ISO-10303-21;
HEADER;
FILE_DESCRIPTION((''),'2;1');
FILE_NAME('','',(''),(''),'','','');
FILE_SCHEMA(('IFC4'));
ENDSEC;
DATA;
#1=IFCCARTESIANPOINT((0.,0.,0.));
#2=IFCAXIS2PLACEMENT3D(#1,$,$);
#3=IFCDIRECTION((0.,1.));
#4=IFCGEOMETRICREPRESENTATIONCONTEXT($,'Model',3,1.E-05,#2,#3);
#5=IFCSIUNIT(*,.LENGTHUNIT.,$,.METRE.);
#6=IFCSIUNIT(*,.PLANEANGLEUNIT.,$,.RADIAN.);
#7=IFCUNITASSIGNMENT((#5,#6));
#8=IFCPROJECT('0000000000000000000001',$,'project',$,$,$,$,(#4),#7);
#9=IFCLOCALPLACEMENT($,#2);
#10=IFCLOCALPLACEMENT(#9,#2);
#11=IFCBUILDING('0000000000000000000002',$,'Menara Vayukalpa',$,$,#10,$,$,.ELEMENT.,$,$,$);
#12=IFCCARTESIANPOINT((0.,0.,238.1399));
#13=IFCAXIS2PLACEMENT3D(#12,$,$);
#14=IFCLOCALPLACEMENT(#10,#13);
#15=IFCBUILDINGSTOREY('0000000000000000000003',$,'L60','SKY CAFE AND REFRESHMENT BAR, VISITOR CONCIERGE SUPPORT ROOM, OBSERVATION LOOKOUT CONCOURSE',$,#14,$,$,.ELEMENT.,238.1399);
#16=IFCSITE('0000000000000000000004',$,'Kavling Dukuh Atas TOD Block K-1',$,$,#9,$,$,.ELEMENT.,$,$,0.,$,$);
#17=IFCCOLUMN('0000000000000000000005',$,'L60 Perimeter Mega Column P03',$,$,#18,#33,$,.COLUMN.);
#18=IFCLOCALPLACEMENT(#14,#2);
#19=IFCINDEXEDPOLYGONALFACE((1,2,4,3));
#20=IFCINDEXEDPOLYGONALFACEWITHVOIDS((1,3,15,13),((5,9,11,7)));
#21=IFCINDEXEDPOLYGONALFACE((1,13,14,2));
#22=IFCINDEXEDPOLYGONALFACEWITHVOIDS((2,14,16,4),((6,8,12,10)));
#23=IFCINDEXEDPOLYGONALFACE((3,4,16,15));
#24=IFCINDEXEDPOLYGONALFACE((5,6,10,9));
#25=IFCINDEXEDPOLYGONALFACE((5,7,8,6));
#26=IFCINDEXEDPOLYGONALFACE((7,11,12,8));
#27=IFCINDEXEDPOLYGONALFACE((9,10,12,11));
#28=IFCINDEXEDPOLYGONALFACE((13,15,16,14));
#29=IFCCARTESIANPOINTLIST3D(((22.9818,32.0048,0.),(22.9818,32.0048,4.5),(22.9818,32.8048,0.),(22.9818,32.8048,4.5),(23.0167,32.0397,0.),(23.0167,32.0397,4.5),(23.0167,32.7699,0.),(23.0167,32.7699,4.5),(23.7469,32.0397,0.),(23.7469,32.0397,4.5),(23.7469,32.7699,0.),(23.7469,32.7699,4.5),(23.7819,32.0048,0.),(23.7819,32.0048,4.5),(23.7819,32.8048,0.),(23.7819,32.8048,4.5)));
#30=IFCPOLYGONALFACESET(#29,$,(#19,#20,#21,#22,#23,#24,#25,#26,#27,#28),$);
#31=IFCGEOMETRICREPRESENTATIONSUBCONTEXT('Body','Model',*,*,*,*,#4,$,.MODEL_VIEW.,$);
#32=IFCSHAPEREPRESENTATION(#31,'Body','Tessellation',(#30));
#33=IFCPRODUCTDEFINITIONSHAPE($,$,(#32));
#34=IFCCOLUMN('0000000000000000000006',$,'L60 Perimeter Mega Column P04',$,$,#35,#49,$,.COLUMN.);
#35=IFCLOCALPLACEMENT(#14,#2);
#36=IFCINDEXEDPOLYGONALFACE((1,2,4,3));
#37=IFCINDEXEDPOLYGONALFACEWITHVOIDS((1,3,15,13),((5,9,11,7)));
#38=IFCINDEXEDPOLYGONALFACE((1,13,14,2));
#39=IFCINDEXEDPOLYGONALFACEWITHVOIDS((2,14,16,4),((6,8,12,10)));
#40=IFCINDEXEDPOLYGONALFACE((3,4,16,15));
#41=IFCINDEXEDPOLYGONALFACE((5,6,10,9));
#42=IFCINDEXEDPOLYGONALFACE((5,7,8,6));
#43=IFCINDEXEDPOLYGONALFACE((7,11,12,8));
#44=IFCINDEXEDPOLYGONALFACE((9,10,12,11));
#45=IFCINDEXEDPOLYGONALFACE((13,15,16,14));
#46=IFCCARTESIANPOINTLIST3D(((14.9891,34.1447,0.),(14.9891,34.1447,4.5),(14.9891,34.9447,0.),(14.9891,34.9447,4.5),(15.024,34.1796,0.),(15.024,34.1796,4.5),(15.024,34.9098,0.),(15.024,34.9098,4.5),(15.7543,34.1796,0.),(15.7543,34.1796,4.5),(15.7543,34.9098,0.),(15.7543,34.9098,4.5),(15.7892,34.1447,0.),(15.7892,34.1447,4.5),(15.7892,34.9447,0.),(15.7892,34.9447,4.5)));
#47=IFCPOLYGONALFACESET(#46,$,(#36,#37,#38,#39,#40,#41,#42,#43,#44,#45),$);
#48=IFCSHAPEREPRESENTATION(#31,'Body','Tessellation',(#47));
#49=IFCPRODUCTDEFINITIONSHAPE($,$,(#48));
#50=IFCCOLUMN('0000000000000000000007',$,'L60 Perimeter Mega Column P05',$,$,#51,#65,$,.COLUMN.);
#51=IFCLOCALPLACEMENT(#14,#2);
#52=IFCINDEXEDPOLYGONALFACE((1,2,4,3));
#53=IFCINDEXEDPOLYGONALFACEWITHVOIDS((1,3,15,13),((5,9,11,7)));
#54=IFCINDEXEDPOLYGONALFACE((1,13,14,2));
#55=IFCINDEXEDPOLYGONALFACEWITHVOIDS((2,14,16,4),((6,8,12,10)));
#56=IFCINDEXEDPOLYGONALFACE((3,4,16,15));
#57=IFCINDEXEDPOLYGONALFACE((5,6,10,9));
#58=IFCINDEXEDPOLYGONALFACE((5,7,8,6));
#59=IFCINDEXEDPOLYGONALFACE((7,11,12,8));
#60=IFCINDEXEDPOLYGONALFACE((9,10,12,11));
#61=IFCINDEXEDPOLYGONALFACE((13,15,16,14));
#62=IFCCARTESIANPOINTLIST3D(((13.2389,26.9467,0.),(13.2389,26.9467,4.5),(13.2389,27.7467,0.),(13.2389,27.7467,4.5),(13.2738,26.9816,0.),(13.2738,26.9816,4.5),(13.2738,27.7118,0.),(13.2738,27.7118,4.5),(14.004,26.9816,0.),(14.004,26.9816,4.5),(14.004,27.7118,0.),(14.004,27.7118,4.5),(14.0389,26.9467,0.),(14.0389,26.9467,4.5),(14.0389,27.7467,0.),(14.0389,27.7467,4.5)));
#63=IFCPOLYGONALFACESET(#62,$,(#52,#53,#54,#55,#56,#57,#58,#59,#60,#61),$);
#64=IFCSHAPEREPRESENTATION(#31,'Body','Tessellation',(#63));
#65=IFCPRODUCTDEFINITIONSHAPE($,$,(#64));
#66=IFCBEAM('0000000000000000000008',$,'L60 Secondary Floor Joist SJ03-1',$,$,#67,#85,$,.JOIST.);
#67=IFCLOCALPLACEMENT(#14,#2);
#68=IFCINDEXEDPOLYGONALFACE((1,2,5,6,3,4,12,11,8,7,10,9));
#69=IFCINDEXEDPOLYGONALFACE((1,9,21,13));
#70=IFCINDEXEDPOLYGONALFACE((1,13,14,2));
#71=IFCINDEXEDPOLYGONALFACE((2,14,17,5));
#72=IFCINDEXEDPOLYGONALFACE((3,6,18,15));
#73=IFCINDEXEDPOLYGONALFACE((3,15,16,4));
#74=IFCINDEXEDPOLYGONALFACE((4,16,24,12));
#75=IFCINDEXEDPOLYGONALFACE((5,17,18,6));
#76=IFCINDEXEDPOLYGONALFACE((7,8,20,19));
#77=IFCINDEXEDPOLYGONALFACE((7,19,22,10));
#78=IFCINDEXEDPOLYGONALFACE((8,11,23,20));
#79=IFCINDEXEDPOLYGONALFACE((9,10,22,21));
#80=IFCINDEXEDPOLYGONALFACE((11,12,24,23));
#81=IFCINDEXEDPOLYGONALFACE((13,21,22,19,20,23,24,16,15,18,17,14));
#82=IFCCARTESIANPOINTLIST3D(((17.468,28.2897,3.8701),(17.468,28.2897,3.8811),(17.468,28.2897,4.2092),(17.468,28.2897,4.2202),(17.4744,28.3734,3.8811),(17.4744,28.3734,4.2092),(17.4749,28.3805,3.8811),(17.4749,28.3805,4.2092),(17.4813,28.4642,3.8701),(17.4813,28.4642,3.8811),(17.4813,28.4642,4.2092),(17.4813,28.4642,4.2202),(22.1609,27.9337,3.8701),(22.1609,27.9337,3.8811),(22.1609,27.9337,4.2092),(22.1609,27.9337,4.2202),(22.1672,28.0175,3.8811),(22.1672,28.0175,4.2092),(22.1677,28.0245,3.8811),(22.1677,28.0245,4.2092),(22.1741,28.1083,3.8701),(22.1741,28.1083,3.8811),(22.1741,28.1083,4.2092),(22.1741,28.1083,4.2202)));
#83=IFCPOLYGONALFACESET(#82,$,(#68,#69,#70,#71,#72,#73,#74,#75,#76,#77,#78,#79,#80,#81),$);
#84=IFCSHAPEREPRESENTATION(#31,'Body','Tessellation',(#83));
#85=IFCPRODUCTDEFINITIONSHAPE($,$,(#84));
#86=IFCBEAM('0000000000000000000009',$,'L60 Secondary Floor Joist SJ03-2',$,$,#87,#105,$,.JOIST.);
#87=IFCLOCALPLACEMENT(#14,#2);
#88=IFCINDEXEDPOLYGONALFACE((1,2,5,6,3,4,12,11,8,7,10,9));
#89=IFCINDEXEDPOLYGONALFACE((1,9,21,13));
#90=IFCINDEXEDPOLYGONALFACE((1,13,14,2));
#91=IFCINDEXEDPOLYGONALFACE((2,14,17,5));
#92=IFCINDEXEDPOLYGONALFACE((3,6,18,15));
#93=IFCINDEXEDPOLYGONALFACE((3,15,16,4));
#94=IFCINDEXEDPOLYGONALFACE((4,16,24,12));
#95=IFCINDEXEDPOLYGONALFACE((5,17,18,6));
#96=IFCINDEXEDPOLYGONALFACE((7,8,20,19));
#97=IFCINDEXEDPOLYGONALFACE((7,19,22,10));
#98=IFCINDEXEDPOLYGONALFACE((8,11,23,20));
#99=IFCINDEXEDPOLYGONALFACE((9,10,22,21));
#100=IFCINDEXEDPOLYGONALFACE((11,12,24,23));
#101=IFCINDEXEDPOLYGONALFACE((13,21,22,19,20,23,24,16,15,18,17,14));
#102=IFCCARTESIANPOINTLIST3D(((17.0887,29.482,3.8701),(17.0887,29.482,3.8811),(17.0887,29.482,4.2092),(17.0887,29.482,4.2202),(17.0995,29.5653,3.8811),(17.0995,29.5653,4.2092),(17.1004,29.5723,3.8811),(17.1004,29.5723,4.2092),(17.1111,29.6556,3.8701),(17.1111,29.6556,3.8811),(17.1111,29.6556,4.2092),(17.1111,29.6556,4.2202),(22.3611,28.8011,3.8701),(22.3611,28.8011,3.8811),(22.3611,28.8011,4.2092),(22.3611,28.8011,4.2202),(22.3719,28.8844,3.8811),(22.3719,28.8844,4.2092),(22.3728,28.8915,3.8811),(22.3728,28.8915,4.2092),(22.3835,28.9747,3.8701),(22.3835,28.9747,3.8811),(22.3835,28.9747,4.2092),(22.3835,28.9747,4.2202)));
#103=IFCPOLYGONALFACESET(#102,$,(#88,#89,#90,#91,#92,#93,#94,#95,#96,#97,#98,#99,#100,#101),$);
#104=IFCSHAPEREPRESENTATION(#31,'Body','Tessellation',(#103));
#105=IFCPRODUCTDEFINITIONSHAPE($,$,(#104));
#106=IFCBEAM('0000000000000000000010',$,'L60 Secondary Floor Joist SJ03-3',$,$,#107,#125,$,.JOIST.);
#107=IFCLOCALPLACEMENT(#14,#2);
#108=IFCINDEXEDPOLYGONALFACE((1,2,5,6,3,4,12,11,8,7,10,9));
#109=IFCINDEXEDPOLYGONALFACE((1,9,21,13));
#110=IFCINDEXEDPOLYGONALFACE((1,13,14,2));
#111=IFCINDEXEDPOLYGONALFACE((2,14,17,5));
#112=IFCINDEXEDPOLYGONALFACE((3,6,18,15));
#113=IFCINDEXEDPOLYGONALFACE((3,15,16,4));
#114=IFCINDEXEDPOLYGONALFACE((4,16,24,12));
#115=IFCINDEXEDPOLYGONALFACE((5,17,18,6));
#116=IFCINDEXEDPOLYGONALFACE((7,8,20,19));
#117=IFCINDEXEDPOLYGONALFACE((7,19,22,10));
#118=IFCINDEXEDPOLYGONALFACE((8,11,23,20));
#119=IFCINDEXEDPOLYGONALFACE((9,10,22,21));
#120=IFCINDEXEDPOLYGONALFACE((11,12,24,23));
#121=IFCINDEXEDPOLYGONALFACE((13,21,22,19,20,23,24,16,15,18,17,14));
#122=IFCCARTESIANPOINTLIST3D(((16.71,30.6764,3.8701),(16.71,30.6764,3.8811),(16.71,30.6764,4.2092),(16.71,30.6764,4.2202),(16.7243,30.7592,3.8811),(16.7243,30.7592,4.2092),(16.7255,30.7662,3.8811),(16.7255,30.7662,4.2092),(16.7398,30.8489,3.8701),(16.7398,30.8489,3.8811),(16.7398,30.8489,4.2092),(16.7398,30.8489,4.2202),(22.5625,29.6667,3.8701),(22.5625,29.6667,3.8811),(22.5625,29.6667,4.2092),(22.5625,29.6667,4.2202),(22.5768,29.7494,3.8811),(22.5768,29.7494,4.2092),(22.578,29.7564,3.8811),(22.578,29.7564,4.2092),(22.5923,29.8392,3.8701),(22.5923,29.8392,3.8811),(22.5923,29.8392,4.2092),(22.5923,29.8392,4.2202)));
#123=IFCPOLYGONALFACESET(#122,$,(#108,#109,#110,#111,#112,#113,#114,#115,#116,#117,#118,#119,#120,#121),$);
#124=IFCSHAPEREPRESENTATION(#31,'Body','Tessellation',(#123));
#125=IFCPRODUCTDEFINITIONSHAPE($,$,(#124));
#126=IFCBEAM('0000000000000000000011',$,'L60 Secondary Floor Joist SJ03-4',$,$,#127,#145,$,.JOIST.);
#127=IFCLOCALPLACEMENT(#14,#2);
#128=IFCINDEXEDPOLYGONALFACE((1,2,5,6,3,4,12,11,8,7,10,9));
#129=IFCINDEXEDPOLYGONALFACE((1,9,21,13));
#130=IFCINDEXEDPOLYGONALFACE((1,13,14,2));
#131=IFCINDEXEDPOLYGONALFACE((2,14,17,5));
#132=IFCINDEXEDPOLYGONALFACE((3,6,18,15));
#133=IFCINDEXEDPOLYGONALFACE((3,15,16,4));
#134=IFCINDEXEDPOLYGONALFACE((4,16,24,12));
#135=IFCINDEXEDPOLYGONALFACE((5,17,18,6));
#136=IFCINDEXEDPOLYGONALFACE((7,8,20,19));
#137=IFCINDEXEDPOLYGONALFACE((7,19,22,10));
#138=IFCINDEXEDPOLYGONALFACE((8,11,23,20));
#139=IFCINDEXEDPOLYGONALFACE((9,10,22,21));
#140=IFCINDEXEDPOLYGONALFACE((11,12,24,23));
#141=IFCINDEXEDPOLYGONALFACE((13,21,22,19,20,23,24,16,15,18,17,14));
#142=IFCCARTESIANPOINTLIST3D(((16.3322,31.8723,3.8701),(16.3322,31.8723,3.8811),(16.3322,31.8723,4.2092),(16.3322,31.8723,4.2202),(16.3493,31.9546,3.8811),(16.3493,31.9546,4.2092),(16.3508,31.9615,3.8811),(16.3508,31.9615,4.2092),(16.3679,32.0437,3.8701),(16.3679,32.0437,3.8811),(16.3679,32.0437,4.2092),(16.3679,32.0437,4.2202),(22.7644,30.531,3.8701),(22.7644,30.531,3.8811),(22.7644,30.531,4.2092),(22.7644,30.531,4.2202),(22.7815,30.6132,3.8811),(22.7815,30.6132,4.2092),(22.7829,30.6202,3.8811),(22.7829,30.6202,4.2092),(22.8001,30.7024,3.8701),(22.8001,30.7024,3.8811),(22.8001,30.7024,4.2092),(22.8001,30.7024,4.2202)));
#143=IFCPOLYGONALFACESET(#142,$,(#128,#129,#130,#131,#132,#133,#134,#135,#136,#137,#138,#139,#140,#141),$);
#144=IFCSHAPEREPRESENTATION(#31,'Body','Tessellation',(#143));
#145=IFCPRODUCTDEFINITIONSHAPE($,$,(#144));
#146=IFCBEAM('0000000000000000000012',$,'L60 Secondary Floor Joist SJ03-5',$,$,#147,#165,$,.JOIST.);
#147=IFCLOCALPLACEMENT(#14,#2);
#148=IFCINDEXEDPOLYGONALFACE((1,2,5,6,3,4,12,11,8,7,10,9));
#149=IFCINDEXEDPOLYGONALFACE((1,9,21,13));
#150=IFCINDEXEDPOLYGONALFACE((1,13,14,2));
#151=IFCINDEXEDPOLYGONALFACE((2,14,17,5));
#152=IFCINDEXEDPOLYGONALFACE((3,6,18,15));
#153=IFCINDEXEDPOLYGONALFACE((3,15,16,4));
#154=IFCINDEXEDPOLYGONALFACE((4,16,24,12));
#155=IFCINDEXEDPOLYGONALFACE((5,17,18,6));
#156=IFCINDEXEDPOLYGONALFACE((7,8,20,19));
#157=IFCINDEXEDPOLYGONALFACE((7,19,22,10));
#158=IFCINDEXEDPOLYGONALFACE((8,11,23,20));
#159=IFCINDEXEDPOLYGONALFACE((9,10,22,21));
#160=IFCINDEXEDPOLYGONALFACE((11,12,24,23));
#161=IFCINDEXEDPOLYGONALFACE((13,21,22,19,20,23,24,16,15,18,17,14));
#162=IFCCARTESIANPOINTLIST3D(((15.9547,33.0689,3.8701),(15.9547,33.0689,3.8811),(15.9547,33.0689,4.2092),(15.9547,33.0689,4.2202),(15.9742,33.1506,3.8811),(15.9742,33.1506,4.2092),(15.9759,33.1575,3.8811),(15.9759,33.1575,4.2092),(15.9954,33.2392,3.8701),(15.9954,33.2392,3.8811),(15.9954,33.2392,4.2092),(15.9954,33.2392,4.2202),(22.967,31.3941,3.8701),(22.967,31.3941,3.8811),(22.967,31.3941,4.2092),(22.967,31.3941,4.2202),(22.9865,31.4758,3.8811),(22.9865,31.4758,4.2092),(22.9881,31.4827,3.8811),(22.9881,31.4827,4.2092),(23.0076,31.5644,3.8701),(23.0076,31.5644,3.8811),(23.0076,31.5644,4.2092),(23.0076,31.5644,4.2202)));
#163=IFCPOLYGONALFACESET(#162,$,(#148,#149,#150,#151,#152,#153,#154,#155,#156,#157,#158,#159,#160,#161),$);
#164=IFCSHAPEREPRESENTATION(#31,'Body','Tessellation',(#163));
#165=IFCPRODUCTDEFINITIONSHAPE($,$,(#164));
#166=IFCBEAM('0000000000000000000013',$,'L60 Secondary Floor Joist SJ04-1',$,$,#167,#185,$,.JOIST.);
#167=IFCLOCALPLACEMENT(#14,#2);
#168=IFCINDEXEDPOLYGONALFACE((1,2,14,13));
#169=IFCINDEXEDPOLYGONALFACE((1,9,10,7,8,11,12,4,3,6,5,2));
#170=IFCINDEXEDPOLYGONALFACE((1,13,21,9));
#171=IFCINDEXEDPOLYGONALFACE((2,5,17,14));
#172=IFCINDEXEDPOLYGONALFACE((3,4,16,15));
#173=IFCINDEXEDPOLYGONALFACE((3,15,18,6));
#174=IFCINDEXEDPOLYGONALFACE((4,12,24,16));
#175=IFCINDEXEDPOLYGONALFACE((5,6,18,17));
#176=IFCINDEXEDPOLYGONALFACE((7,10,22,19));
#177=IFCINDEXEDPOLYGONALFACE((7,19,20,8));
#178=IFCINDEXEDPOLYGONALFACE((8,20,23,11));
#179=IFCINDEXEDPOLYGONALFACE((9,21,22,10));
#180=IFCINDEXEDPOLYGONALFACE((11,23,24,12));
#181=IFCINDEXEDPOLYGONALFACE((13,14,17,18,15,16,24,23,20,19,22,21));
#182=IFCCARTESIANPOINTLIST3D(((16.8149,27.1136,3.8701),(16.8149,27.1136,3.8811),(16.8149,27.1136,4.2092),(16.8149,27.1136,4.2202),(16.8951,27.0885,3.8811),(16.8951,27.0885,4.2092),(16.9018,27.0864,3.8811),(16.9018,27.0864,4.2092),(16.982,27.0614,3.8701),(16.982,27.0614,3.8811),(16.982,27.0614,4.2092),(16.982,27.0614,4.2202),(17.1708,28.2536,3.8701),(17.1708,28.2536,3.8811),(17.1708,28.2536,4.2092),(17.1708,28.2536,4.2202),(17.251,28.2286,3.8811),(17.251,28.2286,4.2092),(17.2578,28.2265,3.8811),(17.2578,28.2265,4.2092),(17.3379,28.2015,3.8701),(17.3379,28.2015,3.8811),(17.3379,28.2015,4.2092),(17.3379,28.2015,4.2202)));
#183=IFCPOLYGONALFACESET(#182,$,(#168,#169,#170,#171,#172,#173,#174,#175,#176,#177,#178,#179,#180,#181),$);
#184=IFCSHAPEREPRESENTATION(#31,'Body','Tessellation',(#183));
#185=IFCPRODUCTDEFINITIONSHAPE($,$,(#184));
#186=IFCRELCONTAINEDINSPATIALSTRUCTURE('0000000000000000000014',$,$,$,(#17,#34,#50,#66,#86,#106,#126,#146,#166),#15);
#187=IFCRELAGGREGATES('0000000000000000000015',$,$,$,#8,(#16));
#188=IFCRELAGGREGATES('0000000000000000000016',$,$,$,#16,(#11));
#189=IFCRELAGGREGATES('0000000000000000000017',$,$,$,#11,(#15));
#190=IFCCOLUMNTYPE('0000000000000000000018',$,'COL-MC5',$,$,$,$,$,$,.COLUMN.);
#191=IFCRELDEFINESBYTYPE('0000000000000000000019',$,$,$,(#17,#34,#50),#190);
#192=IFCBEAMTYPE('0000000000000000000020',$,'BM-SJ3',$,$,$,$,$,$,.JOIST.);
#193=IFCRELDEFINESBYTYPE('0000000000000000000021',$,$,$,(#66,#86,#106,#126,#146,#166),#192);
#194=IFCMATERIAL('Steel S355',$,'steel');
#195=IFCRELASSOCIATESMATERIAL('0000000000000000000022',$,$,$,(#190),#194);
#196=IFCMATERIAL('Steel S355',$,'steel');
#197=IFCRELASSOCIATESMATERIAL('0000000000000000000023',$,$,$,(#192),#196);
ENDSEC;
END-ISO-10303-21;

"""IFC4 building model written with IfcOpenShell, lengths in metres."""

from ifc_helpers import new_model, si_unit, direction, frame, origin, origin_2d, place, context, subcontext, project, spatial, hollow_rectangle, i_section, extrude, material, material_profile, profile_set, type_object, element, save


model = new_model("IFC4")

# Units and contexts
model_context = context("Model", 3, precision=1e-05, world=origin(), true_north=direction((0.0, 1.0)))
body_context = subcontext(model_context, "Body", "Model", "MODEL_VIEW")
ifc_project = project(units=[si_unit("LENGTHUNIT", "METRE"), si_unit("PLANEANGLEUNIT", "RADIAN")], contexts=[model_context])

# Site, building, storey
site_placement = place(None, origin())
site = spatial("IfcSite", under=ifc_project, at=site_placement, Name="Kavling Dukuh Atas TOD Block K-1", CompositionType="ELEMENT", RefElevation=0.0)
building_placement = place(site_placement, origin())
building = spatial("IfcBuilding", under=site, at=building_placement, Name="Menara Vayukalpa", CompositionType="ELEMENT")
storey_placement = place(building_placement, frame((0.0, 0.0, 238.1399)))
storey = spatial("IfcBuildingStorey", under=building, at=storey_placement, Name="L60", Description="SKY CAFE AND REFRESHMENT BAR, VISITOR CONCIERGE SUPPORT ROOM, OBSERVATION LOOKOUT CONCOURSE", CompositionType="ELEMENT", Elevation=238.1399)

# Columns
ifc_material_1 = material(Name="Steel S355", Category="steel")
ifc_material_profile_1 = material_profile(ifc_material_1, hollow_rectangle(XDim=0.8, YDim=0.8, WallThickness=0.0349, at=origin_2d()), Name="BOX 800x800x35")
ifc_profile_set_1 = profile_set([ifc_material_profile_1], Name="Steel S355")
column_type = type_object("IfcColumnType", Name="COL-MC5", PredefinedType="COLUMN", material=ifc_profile_set_1)
for number, where, z_axis, x_axis, name in (
    (1, (23.3818, 32.4048, 0.0), (0.0, 0.0, 1.0), (1.0, 0.0, 0.0), "L60 Perimeter Mega Column P03"),
    (2, (15.3892, 34.5447, 0.0), (0.0, 0.0, 1.0), (1.0, 0.0, 0.0), "L60 Perimeter Mega Column P04"),
    (3, (13.6389, 27.3467, 0.0), (0.0, 0.0, 1.0), (1.0, 0.0, 0.0), "L60 Perimeter Mega Column P05"),
):
    element("IfcColumn", number, at=place(storey_placement, frame(where, z_axis=z_axis, x_axis=x_axis)), inside=storey, type_object=column_type, Name=name, PredefinedType="COLUMN", context=body_context, shape_type="SweptSolid", body=[
        extrude(hollow_rectangle(XDim=0.8, YDim=0.8, WallThickness=0.0349, at=origin_2d()), origin(), (0.0, 0.0, 1.0), 4.5),
    ])

# Beams
ifc_material_2 = material(Name="Steel S355", Category="steel")
ifc_material_profile_2 = material_profile(ifc_material_2, i_section(OverallWidth=0.175, OverallDepth=0.3501, WebThickness=0.0071, FlangeThickness=0.011, at=origin_2d()), Name="WF 350x175x7x11")
ifc_profile_set_2 = profile_set([ifc_material_profile_2], Name="Steel S355")
beam_type_1 = type_object("IfcBeamType", Name="BM-SJ3", PredefinedType="JOIST", material=ifc_profile_set_2)
beam_1_placement = place(storey_placement, frame((22.1675, 28.021, 4.0452), z_axis=(-0.997136, 0.075633, 0.0), x_axis=(-0.075633, -0.997136, 0.0)))
element("IfcBeam", 4, at=beam_1_placement, inside=storey, type_object=beam_type_1, Name="L60 Secondary Floor Joist SJ03-1", PredefinedType="JOIST", context=body_context, shape_type="SweptSolid", body=[
    extrude(i_section(OverallWidth=0.175, OverallDepth=0.3501, WebThickness=0.0071, FlangeThickness=0.011, at=origin_2d()), origin(), (0.0, 0.0, 1.0), 4.7063),
])
beam_2_placement = place(storey_placement, frame((22.3723, 28.8879, 4.0452), z_axis=(-0.991764, 0.128081, 0.0), x_axis=(-0.128081, -0.991764, 0.0)))
element("IfcBeam", 5, at=beam_2_placement, inside=storey, type_object=beam_type_1, Name="L60 Secondary Floor Joist SJ03-2", PredefinedType="JOIST", context=body_context, shape_type="SweptSolid", body=[
    extrude(i_section(OverallWidth=0.175, OverallDepth=0.3501, WebThickness=0.0071, FlangeThickness=0.011, at=origin_2d()), origin(), (0.0, 0.0, 1.0), 5.3162),
])
beam_3_placement = place(storey_placement, frame((22.5774, 29.7529, 4.0452), z_axis=(-0.98544, 0.170023, 0.0), x_axis=(-0.170023, -0.98544, 0.0)))
element("IfcBeam", 6, at=beam_3_placement, inside=storey, type_object=beam_type_1, Name="L60 Secondary Floor Joist SJ03-3", PredefinedType="JOIST", context=body_context, shape_type="SweptSolid", body=[
    extrude(i_section(OverallWidth=0.175, OverallDepth=0.3501, WebThickness=0.0071, FlangeThickness=0.011, at=origin_2d()), origin(), (0.0, 0.0, 1.0), 5.939),
])
beam_4_placement = place(storey_placement, frame((22.7822, 30.6167, 4.0452), z_axis=(-0.978941, 0.204141, 0.0), x_axis=(-0.204141, -0.978941, 0.0)))
element("IfcBeam", 7, at=beam_4_placement, inside=storey, type_object=beam_type_1, Name="L60 Secondary Floor Joist SJ03-4", PredefinedType="JOIST", context=body_context, shape_type="SweptSolid", body=[
    extrude(i_section(OverallWidth=0.175, OverallDepth=0.3501, WebThickness=0.0071, FlangeThickness=0.011, at=origin_2d()), origin(), (0.0, 0.0, 1.0), 6.5706),
])
beam_5_placement = place(storey_placement, frame((22.9873, 31.4792, 4.0452), z_axis=(-0.972642, 0.232307, 0.0), x_axis=(-0.232307, -0.972642, 0.0)))
element("IfcBeam", 8, at=beam_5_placement, inside=storey, type_object=beam_type_1, Name="L60 Secondary Floor Joist SJ03-5", PredefinedType="JOIST", context=body_context, shape_type="SweptSolid", body=[
    extrude(i_section(OverallWidth=0.175, OverallDepth=0.3501, WebThickness=0.0071, FlangeThickness=0.011, at=origin_2d()), origin(), (0.0, 0.0, 1.0), 7.2095),
])
beam_6_placement = place(storey_placement, frame((17.2544, 28.2275, 4.0452), z_axis=(-0.298019, -0.95456, 0.0), x_axis=(0.95456, -0.298019, 0.0)))
element("IfcBeam", 9, at=beam_6_placement, inside=storey, type_object=beam_type_1, Name="L60 Secondary Floor Joist SJ04-1", PredefinedType="JOIST", context=body_context, shape_type="SweptSolid", body=[
    extrude(i_section(OverallWidth=0.175, OverallDepth=0.3501, WebThickness=0.0071, FlangeThickness=0.011, at=origin_2d()), origin(), (0.0, 0.0, 1.0), 1.1943),
])

save(model, "model.ifc")
